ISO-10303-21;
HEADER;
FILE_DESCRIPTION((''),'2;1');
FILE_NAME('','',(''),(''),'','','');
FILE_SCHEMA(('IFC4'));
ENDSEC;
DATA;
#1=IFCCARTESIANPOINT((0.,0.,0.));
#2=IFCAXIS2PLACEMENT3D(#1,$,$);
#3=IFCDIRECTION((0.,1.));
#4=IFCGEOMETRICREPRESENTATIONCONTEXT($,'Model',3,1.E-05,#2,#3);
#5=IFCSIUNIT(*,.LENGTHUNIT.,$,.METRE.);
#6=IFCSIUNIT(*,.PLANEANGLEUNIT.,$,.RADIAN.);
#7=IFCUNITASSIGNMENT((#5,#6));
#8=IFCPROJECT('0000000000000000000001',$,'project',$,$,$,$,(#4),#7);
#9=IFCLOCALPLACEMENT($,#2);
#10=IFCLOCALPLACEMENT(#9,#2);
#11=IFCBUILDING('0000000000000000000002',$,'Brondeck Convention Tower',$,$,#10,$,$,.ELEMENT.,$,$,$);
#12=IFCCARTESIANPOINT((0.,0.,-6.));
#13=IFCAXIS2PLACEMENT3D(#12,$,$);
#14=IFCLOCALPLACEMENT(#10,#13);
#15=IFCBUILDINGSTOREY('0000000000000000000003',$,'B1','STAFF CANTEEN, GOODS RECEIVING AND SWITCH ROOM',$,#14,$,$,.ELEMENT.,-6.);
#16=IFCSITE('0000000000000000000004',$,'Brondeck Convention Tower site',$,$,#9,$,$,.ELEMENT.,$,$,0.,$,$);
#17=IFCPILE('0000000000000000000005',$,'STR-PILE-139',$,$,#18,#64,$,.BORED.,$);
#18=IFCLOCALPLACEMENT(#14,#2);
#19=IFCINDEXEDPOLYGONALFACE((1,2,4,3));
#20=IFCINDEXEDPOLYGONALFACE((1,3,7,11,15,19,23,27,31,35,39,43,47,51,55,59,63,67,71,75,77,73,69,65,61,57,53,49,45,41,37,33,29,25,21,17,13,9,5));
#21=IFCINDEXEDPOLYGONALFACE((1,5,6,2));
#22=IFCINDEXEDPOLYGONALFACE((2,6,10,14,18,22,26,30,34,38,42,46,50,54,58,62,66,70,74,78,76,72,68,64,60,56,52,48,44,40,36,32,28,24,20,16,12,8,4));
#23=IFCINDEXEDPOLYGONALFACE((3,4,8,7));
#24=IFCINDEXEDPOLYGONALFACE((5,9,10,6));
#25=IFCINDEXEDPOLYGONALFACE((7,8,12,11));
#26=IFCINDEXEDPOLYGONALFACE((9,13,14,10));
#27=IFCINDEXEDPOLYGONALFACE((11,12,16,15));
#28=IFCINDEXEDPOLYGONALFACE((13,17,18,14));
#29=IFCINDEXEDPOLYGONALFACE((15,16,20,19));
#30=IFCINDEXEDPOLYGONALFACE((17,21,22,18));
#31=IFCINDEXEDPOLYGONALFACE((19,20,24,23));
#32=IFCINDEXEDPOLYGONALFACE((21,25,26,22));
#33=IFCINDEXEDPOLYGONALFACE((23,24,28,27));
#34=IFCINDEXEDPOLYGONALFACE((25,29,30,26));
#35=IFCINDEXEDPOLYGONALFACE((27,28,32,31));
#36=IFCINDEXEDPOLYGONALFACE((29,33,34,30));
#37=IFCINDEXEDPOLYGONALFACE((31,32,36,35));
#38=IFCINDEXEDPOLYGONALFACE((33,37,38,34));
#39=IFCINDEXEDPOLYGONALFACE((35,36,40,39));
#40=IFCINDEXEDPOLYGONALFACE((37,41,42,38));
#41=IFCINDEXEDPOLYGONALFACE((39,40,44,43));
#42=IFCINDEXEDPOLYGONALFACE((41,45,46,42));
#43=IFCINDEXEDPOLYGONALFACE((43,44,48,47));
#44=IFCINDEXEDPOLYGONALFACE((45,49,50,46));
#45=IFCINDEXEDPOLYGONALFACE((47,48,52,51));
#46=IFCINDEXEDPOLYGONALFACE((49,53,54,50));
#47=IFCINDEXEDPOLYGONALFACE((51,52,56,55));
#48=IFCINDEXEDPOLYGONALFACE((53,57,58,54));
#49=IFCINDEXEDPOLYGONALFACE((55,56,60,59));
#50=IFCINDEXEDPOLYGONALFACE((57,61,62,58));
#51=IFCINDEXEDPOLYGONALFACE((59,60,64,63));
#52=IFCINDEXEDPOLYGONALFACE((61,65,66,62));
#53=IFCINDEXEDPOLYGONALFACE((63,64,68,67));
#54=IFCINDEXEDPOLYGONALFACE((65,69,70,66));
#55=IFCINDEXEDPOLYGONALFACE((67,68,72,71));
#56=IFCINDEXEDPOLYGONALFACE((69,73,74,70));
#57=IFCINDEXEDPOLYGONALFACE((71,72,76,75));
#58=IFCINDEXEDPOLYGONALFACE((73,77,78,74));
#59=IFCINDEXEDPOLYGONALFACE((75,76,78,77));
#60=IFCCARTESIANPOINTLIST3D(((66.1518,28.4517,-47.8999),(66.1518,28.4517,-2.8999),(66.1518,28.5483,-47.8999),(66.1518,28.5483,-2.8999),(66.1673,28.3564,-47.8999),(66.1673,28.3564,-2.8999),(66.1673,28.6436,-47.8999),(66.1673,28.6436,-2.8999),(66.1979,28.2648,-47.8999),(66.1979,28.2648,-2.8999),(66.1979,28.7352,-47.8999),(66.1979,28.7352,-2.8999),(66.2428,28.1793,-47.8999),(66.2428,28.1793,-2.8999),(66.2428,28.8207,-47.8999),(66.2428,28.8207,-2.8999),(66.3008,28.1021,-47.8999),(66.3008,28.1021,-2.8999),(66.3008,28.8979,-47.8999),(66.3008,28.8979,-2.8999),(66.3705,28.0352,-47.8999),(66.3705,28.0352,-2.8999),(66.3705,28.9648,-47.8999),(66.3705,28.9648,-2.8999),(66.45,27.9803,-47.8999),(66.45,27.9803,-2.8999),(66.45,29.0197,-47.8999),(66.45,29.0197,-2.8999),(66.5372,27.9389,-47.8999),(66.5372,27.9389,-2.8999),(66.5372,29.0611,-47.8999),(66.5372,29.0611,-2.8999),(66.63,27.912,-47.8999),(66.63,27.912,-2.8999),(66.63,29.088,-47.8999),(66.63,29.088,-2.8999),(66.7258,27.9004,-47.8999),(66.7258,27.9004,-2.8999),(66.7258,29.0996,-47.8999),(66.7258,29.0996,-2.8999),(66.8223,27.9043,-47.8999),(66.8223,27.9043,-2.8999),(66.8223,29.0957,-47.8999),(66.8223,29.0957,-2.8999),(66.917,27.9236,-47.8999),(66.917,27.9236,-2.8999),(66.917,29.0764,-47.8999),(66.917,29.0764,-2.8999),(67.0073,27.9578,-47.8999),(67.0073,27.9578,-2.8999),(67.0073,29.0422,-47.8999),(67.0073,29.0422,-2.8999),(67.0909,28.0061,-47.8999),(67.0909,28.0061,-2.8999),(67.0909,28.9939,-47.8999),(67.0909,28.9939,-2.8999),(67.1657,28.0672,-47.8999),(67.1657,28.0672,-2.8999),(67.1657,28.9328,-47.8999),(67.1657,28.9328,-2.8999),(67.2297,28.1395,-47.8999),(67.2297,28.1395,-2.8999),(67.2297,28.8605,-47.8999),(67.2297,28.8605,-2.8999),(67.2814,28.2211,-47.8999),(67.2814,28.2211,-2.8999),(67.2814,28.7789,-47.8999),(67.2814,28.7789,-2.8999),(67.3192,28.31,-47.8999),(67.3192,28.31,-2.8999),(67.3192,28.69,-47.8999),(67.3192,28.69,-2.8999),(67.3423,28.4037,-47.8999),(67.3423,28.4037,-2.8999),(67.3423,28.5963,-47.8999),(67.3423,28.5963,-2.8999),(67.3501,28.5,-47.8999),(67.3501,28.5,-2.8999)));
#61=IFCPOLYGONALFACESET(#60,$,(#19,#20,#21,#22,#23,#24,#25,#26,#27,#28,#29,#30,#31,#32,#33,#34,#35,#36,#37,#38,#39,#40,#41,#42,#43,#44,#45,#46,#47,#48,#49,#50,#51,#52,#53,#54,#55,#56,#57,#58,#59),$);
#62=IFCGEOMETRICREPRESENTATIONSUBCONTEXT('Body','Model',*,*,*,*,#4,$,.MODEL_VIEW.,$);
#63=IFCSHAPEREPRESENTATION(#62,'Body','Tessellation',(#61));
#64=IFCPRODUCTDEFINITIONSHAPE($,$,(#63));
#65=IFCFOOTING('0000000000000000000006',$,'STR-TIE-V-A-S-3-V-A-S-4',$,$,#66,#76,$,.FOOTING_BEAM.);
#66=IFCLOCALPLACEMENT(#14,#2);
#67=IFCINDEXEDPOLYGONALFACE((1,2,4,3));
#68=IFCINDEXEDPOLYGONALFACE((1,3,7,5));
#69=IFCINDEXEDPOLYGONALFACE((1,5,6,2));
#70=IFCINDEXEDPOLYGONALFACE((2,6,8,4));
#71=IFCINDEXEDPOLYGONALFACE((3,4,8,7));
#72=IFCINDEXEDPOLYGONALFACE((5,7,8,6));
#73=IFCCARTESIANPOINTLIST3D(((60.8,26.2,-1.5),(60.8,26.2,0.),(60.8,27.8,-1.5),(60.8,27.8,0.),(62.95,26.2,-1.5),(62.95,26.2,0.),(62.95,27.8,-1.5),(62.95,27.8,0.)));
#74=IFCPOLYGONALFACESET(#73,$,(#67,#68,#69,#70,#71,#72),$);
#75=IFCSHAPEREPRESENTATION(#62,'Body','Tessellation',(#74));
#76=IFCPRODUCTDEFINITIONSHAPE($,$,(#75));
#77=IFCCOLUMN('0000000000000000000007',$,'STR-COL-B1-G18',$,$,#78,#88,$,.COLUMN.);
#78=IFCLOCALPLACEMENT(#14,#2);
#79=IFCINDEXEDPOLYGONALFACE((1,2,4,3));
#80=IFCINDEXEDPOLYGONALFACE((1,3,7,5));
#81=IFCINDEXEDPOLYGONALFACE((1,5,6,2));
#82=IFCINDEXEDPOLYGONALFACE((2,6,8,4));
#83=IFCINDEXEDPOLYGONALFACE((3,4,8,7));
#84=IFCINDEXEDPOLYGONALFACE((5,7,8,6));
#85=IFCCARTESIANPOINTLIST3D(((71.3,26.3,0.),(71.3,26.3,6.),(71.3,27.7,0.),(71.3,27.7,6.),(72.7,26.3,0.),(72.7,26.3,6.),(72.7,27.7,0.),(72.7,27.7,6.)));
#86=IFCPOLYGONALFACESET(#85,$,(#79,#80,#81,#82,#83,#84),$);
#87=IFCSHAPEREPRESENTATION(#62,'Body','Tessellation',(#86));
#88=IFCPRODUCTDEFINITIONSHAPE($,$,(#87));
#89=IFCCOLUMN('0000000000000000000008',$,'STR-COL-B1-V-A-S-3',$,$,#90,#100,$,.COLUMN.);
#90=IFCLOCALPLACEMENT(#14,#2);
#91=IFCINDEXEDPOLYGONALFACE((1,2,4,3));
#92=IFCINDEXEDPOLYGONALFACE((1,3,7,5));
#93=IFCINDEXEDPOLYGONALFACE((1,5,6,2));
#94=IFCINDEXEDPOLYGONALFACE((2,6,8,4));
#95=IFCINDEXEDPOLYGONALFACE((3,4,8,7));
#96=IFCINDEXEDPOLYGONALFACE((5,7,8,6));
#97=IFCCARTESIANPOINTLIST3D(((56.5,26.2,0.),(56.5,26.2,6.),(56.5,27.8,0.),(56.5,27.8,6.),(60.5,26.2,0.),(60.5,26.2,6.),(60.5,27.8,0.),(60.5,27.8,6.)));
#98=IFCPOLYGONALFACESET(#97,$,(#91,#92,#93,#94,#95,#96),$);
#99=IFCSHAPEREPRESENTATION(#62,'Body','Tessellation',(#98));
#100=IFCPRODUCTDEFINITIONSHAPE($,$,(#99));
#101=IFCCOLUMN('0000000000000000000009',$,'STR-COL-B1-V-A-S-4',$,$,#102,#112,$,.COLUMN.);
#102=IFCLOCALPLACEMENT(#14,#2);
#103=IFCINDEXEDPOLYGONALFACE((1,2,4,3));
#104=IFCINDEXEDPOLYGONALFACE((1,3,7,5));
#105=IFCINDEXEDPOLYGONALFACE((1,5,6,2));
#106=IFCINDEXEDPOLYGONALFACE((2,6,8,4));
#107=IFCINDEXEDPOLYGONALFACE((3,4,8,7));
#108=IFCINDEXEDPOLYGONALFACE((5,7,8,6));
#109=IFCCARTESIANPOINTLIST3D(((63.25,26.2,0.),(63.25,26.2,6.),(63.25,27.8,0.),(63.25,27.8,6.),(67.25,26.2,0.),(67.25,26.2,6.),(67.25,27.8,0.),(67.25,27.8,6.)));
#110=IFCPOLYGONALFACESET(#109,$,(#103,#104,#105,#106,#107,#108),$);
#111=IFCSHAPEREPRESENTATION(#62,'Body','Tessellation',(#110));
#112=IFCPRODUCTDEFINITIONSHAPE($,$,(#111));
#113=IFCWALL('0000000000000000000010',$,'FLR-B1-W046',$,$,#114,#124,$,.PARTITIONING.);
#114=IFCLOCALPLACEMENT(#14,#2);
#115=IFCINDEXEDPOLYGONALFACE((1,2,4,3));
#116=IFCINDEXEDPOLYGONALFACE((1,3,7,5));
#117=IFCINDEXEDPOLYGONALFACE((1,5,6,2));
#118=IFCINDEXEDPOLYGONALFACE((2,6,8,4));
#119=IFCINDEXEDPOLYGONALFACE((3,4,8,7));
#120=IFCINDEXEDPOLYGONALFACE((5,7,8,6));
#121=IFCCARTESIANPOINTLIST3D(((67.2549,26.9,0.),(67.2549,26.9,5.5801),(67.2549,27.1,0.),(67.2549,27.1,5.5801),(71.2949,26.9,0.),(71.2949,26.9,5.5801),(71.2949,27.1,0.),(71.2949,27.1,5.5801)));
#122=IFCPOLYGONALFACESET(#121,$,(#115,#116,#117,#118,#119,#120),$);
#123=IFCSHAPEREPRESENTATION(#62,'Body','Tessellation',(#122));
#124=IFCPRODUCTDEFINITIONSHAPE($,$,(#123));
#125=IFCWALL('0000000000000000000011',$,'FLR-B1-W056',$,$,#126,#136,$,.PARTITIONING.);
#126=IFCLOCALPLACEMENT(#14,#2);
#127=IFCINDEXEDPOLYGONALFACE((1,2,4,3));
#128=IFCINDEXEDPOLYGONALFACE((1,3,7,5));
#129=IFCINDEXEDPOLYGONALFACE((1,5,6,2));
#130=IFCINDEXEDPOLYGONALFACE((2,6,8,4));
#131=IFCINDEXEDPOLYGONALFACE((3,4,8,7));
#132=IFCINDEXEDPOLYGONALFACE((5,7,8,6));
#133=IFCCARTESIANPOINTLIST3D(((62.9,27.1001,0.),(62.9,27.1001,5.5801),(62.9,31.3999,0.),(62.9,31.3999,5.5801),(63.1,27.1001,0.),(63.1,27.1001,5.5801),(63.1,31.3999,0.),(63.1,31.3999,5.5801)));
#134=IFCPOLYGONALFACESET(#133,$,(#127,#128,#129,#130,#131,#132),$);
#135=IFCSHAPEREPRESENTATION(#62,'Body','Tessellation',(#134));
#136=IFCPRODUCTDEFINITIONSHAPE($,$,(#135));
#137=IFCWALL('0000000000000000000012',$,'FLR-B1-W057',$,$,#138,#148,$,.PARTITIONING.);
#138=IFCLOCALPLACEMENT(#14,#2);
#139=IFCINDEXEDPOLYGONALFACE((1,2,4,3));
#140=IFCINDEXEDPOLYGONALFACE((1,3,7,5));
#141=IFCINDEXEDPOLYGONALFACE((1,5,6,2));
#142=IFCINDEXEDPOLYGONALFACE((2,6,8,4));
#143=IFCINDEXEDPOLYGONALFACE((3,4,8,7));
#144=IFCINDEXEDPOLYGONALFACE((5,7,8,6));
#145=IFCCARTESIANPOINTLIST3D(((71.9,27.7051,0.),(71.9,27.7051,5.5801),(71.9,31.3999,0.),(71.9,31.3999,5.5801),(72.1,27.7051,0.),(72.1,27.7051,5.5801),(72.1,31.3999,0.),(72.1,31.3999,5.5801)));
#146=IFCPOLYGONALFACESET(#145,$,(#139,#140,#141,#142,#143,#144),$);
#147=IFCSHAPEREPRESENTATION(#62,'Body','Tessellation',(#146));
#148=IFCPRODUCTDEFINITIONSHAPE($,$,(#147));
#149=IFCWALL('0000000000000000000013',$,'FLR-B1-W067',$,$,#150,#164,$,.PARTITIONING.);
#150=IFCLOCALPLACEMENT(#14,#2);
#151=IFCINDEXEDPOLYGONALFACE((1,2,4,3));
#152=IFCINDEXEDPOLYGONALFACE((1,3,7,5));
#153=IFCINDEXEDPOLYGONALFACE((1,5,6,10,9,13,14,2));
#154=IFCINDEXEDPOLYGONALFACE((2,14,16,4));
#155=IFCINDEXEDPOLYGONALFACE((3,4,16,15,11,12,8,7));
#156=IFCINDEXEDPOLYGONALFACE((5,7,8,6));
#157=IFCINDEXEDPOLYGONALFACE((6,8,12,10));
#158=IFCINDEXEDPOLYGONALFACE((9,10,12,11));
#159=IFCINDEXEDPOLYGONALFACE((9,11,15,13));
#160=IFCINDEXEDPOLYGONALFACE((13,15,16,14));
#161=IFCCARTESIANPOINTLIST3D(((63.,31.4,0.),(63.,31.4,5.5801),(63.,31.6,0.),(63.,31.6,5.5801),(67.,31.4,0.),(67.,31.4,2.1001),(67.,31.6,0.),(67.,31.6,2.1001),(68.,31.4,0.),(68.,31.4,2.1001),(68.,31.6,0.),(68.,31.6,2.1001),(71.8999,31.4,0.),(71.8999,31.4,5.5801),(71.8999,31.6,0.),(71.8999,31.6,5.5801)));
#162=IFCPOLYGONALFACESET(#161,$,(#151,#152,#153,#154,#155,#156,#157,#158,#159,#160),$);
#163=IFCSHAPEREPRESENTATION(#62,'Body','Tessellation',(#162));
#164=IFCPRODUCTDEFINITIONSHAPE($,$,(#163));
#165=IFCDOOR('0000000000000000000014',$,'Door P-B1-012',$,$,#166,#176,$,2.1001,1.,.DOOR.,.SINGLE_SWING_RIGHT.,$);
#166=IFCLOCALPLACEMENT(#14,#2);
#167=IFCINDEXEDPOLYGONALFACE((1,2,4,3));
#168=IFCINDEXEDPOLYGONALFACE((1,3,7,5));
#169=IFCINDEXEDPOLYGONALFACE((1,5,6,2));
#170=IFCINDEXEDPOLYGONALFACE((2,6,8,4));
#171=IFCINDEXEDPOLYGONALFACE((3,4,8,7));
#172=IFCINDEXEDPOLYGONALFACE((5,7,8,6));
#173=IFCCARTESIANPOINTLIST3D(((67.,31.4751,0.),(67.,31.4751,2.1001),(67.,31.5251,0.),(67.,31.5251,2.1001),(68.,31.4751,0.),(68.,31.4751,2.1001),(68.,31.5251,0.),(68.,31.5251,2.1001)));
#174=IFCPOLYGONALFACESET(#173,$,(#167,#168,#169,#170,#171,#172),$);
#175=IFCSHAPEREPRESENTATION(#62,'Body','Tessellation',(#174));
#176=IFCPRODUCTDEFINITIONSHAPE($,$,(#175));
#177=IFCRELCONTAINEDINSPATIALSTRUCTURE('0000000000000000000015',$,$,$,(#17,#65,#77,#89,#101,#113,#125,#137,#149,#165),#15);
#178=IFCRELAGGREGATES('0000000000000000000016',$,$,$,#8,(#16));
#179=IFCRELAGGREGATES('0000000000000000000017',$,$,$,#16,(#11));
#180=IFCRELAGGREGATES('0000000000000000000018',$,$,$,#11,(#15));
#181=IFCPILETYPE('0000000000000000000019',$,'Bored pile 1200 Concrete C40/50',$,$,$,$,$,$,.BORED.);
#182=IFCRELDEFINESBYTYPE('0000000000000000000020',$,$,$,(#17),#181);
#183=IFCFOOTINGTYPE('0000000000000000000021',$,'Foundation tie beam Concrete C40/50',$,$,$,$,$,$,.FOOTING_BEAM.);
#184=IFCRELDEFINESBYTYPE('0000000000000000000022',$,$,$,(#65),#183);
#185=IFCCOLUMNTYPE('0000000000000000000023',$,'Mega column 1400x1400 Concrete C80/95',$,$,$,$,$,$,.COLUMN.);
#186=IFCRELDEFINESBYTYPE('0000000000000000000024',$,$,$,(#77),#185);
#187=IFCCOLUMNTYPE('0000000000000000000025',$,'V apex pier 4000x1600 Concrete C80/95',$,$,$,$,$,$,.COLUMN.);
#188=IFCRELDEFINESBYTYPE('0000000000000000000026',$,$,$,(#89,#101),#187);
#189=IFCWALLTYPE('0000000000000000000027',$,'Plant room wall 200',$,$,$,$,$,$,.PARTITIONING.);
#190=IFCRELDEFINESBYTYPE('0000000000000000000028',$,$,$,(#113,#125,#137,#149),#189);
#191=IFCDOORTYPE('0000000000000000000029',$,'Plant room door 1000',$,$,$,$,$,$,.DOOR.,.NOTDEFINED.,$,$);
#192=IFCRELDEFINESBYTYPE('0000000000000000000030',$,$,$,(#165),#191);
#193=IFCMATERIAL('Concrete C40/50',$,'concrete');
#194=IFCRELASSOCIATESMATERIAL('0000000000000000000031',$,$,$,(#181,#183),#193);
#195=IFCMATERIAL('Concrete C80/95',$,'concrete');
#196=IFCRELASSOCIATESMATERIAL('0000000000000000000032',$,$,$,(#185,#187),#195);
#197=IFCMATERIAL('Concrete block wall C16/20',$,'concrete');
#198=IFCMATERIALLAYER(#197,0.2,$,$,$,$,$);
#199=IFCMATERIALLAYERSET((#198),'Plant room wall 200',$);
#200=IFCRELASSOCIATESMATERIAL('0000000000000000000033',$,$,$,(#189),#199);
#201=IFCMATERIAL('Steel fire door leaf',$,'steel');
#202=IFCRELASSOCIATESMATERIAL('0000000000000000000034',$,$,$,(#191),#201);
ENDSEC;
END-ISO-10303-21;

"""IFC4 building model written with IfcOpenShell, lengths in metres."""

from ifc_helpers import new_model, si_unit, direction, frame, frame_2d, origin, origin_2d, place, context, subcontext, project, spatial, rectangle, circle, extrude, material, layer, layer_set, material_profile, profile_set, type_object, element, fill, save


model = new_model("IFC4")

# Units and contexts
model_context = context("Model", 3, precision=1e-05, world=origin(), true_north=direction((0.0, 1.0)))
body_context = subcontext(model_context, "Body", "Model", "MODEL_VIEW")
ifc_project = project(units=[si_unit("LENGTHUNIT", "METRE"), si_unit("PLANEANGLEUNIT", "RADIAN")], contexts=[model_context])

# Site, building, storey
site_placement = place(None, origin())
site = spatial("IfcSite", under=ifc_project, at=site_placement, Name="Brondeck Convention Tower site", CompositionType="ELEMENT", RefElevation=0.0)
building_placement = place(site_placement, origin())
building = spatial("IfcBuilding", under=site, at=building_placement, Name="Brondeck Convention Tower", CompositionType="ELEMENT")
storey_placement = place(building_placement, frame((0.0, 0.0, -6.0)))
storey = spatial("IfcBuildingStorey", under=building, at=storey_placement, Name="B1", Description="STAFF CANTEEN, GOODS RECEIVING AND SWITCH ROOM", CompositionType="ELEMENT", Elevation=-6.0)

# Pile
ifc_material_1 = material(Name="Concrete C40/50", Category="concrete")
ifc_material_profile_1 = material_profile(ifc_material_1, circle(Radius=0.6001, at=origin_2d()), Name="Bored pile 1200 Concrete C40/50")
ifc_profile_set_1 = profile_set([ifc_material_profile_1], Name="Concrete C40/50")
pile_type = type_object("IfcPileType", Name="Bored pile 1200 Concrete C40/50", PredefinedType="BORED", material=ifc_profile_set_1)
for number, where, z_axis, x_axis, name in (
    (1, (66.75, 28.5, -2.8999), (0.0, 0.0, -1.0), (1.0, 0.0, 0.0), "STR-PILE-139"),
):
    element("IfcPile", number, at=place(storey_placement, frame(where, z_axis=z_axis, x_axis=x_axis)), inside=storey, type_object=pile_type, Name=name, PredefinedType="BORED", context=body_context, shape_type="SweptSolid", body=[
        extrude(circle(Radius=0.6001, at=origin_2d()), origin(), (0.0, 0.0, 1.0), 45.0),
    ])

# Footing
ifc_material_profile_2 = material_profile(ifc_material_1, rectangle(XDim=1.6001, YDim=1.5, at=origin_2d()), Name="Foundation tie beam Concrete C40/50")
ifc_profile_set_2 = profile_set([ifc_material_profile_2], Name="Concrete C40/50")
footing_type = type_object("IfcFootingType", Name="Foundation tie beam Concrete C40/50", PredefinedType="FOOTING_BEAM", material=ifc_profile_set_2)
footing_placement = place(storey_placement, frame((60.8, 27.0, -0.75), z_axis=(1.0, 0.0, 0.0), x_axis=(0.0, 1.0, 0.0)))
element("IfcFooting", 2, at=footing_placement, inside=storey, type_object=footing_type, Name="STR-TIE-V-A-S-3-V-A-S-4", PredefinedType="FOOTING_BEAM", context=body_context, shape_type="SweptSolid", body=[
    extrude(rectangle(XDim=1.6001, YDim=1.5, at=origin_2d()), origin(), (0.0, 0.0, 1.0), 2.1499),
])

# Columns
ifc_material_2 = material(Name="Concrete C80/95", Category="concrete")
ifc_material_profile_3 = material_profile(ifc_material_2, rectangle(XDim=1.3999, YDim=1.3999, at=origin_2d()), Name="Mega column 1400x1400 Concrete C80/95")
ifc_profile_set_3 = profile_set([ifc_material_profile_3], Name="Concrete C80/95")
column_type_1 = type_object("IfcColumnType", Name="Mega column 1400x1400 Concrete C80/95", PredefinedType="COLUMN", material=ifc_profile_set_3)
column_placement = place(storey_placement, frame((72.0, 27.0, 0.0), z_axis=(0.0, 0.0, 1.0), x_axis=(1.0, 0.0, 0.0)))
element("IfcColumn", 3, at=column_placement, inside=storey, type_object=column_type_1, Name="STR-COL-B1-G18", PredefinedType="COLUMN", context=body_context, shape_type="SweptSolid", body=[
    extrude(rectangle(XDim=1.3999, YDim=1.3999, at=origin_2d()), origin(), (0.0, 0.0, 1.0), 6.0),
])
ifc_material_profile_4 = material_profile(ifc_material_2, rectangle(XDim=4.0, YDim=1.6001, at=origin_2d()), Name="V apex pier 4000x1600 Concrete C80/95")
ifc_profile_set_4 = profile_set([ifc_material_profile_4], Name="Concrete C80/95")
column_type_2 = type_object("IfcColumnType", Name="V apex pier 4000x1600 Concrete C80/95", PredefinedType="COLUMN", material=ifc_profile_set_4)
for number, where, z_axis, x_axis, name in (
    (4, (58.5, 27.0, 0.0), (0.0, 0.0, 1.0), (1.0, 0.0, 0.0), "STR-COL-B1-V-A-S-3"),
    (5, (65.25, 27.0, 0.0), (0.0, 0.0, 1.0), (1.0, 0.0, 0.0), "STR-COL-B1-V-A-S-4"),
):
    element("IfcColumn", number, at=place(storey_placement, frame(where, z_axis=z_axis, x_axis=x_axis)), inside=storey, type_object=column_type_2, Name=name, PredefinedType="COLUMN", context=body_context, shape_type="SweptSolid", body=[
        extrude(rectangle(XDim=4.0, YDim=1.6001, at=origin_2d()), origin(), (0.0, 0.0, 1.0), 6.0),
    ])

# Walls
ifc_material_3 = material(Name="Concrete block wall C16/20", Category="concrete")
ifc_layer_1 = layer(ifc_material_3, 0.2)
ifc_layer_set_1 = layer_set([ifc_layer_1], Name="Plant room wall 200")
wall_type_1 = type_object("IfcWallType", Name="Plant room wall 200", PredefinedType="PARTITIONING", material=ifc_layer_set_1)
wall_1_placement = place(storey_placement, frame((71.2949, 27.0, 0.0), z_axis=(0.0, 0.0, 1.0), x_axis=(-1.0, 0.0, 0.0)))
element("IfcWall", 6, at=wall_1_placement, inside=storey, type_object=wall_type_1, Name="FLR-B1-W046", PredefinedType="PARTITIONING", context=body_context, shape_type="SweptSolid", body=[
    extrude(rectangle(XDim=4.04, YDim=0.2, at=frame_2d((2.02, 0.0))), origin(), (0.0, 0.0, 1.0), 5.5801),
])
wall_2_placement = place(storey_placement, frame((63.0, 31.3999, 0.0), z_axis=(0.0, 0.0, 1.0), x_axis=(0.0, -1.0, 0.0)))
element("IfcWall", 7, at=wall_2_placement, inside=storey, type_object=wall_type_1, Name="FLR-B1-W056", PredefinedType="PARTITIONING", context=body_context, shape_type="SweptSolid", body=[
    extrude(rectangle(XDim=4.2998, YDim=0.2, at=frame_2d((2.1499, 0.0))), origin(), (0.0, 0.0, 1.0), 5.5801),
])
wall_3_placement = place(storey_placement, frame((72.0, 31.3999, 0.0), z_axis=(0.0, 0.0, 1.0), x_axis=(0.0, -1.0, 0.0)))
element("IfcWall", 8, at=wall_3_placement, inside=storey, type_object=wall_type_1, Name="FLR-B1-W057", PredefinedType="PARTITIONING", context=body_context, shape_type="SweptSolid", body=[
    extrude(rectangle(XDim=3.6948, YDim=0.2, at=frame_2d((1.8474, 0.0))), origin(), (0.0, 0.0, 1.0), 5.5801),
])

# Wall, opening, door
wall_4_placement = place(storey_placement, frame((71.8999, 31.5, 0.0), z_axis=(0.0, 0.0, 1.0), x_axis=(-1.0, 0.0, 0.0)))
wall_4 = element("IfcWall", 9, at=wall_4_placement, inside=storey, type_object=wall_type_1, Name="FLR-B1-W067", PredefinedType="PARTITIONING", context=body_context, shape_type="SweptSolid", body=[
    extrude(rectangle(XDim=8.8999, YDim=0.2, at=frame_2d((4.45, 0.0))), origin(), (0.0, 0.0, 1.0), 5.5801),
])
opening_1_placement = place(wall_4_placement, frame((3.8999, 0.0, 0.0)))
opening_1 = element("IfcOpeningElement", 10, at=opening_1_placement, cuts=wall_4, PredefinedType="OPENING", context=body_context, shape_type="SweptSolid", body=[
    extrude(rectangle(XDim=1.0, YDim=2.1001, at=frame_2d((0.5, 1.05))), frame((0.0, 0.1099, 0.0), z_axis=(0.0, -1.0, 0.0), x_axis=(1.0, 0.0, 0.0)), (0.0, 0.0, 1.0), 0.22),
])
ifc_material_4 = material(Name="Steel fire door leaf", Category="steel")
door_type_1 = type_object("IfcDoorType", Name="Plant room door 1000", OperationType="NOTDEFINED", PredefinedType="DOOR", material=ifc_material_4)
door_1_placement = place(opening_1_placement, origin())
door_1 = element("IfcDoor", 11, at=door_1_placement, inside=storey, type_object=door_type_1, Name="Door P-B1-012", OperationType="SINGLE_SWING_RIGHT", OverallHeight=2.1001, OverallWidth=1.0, PredefinedType="DOOR", context=body_context, shape_type="SweptSolid", body=[
    extrude(rectangle(XDim=1.0, YDim=2.1001, at=frame_2d((0.5, 1.05))), frame((0.0, 0.0249, 0.0), z_axis=(0.0, -1.0, 0.0), x_axis=(1.0, 0.0, 0.0)), (0.0, 0.0, 1.0), 0.05),
])
fill(opening_1, door_1)

save(model, "model.ifc")
